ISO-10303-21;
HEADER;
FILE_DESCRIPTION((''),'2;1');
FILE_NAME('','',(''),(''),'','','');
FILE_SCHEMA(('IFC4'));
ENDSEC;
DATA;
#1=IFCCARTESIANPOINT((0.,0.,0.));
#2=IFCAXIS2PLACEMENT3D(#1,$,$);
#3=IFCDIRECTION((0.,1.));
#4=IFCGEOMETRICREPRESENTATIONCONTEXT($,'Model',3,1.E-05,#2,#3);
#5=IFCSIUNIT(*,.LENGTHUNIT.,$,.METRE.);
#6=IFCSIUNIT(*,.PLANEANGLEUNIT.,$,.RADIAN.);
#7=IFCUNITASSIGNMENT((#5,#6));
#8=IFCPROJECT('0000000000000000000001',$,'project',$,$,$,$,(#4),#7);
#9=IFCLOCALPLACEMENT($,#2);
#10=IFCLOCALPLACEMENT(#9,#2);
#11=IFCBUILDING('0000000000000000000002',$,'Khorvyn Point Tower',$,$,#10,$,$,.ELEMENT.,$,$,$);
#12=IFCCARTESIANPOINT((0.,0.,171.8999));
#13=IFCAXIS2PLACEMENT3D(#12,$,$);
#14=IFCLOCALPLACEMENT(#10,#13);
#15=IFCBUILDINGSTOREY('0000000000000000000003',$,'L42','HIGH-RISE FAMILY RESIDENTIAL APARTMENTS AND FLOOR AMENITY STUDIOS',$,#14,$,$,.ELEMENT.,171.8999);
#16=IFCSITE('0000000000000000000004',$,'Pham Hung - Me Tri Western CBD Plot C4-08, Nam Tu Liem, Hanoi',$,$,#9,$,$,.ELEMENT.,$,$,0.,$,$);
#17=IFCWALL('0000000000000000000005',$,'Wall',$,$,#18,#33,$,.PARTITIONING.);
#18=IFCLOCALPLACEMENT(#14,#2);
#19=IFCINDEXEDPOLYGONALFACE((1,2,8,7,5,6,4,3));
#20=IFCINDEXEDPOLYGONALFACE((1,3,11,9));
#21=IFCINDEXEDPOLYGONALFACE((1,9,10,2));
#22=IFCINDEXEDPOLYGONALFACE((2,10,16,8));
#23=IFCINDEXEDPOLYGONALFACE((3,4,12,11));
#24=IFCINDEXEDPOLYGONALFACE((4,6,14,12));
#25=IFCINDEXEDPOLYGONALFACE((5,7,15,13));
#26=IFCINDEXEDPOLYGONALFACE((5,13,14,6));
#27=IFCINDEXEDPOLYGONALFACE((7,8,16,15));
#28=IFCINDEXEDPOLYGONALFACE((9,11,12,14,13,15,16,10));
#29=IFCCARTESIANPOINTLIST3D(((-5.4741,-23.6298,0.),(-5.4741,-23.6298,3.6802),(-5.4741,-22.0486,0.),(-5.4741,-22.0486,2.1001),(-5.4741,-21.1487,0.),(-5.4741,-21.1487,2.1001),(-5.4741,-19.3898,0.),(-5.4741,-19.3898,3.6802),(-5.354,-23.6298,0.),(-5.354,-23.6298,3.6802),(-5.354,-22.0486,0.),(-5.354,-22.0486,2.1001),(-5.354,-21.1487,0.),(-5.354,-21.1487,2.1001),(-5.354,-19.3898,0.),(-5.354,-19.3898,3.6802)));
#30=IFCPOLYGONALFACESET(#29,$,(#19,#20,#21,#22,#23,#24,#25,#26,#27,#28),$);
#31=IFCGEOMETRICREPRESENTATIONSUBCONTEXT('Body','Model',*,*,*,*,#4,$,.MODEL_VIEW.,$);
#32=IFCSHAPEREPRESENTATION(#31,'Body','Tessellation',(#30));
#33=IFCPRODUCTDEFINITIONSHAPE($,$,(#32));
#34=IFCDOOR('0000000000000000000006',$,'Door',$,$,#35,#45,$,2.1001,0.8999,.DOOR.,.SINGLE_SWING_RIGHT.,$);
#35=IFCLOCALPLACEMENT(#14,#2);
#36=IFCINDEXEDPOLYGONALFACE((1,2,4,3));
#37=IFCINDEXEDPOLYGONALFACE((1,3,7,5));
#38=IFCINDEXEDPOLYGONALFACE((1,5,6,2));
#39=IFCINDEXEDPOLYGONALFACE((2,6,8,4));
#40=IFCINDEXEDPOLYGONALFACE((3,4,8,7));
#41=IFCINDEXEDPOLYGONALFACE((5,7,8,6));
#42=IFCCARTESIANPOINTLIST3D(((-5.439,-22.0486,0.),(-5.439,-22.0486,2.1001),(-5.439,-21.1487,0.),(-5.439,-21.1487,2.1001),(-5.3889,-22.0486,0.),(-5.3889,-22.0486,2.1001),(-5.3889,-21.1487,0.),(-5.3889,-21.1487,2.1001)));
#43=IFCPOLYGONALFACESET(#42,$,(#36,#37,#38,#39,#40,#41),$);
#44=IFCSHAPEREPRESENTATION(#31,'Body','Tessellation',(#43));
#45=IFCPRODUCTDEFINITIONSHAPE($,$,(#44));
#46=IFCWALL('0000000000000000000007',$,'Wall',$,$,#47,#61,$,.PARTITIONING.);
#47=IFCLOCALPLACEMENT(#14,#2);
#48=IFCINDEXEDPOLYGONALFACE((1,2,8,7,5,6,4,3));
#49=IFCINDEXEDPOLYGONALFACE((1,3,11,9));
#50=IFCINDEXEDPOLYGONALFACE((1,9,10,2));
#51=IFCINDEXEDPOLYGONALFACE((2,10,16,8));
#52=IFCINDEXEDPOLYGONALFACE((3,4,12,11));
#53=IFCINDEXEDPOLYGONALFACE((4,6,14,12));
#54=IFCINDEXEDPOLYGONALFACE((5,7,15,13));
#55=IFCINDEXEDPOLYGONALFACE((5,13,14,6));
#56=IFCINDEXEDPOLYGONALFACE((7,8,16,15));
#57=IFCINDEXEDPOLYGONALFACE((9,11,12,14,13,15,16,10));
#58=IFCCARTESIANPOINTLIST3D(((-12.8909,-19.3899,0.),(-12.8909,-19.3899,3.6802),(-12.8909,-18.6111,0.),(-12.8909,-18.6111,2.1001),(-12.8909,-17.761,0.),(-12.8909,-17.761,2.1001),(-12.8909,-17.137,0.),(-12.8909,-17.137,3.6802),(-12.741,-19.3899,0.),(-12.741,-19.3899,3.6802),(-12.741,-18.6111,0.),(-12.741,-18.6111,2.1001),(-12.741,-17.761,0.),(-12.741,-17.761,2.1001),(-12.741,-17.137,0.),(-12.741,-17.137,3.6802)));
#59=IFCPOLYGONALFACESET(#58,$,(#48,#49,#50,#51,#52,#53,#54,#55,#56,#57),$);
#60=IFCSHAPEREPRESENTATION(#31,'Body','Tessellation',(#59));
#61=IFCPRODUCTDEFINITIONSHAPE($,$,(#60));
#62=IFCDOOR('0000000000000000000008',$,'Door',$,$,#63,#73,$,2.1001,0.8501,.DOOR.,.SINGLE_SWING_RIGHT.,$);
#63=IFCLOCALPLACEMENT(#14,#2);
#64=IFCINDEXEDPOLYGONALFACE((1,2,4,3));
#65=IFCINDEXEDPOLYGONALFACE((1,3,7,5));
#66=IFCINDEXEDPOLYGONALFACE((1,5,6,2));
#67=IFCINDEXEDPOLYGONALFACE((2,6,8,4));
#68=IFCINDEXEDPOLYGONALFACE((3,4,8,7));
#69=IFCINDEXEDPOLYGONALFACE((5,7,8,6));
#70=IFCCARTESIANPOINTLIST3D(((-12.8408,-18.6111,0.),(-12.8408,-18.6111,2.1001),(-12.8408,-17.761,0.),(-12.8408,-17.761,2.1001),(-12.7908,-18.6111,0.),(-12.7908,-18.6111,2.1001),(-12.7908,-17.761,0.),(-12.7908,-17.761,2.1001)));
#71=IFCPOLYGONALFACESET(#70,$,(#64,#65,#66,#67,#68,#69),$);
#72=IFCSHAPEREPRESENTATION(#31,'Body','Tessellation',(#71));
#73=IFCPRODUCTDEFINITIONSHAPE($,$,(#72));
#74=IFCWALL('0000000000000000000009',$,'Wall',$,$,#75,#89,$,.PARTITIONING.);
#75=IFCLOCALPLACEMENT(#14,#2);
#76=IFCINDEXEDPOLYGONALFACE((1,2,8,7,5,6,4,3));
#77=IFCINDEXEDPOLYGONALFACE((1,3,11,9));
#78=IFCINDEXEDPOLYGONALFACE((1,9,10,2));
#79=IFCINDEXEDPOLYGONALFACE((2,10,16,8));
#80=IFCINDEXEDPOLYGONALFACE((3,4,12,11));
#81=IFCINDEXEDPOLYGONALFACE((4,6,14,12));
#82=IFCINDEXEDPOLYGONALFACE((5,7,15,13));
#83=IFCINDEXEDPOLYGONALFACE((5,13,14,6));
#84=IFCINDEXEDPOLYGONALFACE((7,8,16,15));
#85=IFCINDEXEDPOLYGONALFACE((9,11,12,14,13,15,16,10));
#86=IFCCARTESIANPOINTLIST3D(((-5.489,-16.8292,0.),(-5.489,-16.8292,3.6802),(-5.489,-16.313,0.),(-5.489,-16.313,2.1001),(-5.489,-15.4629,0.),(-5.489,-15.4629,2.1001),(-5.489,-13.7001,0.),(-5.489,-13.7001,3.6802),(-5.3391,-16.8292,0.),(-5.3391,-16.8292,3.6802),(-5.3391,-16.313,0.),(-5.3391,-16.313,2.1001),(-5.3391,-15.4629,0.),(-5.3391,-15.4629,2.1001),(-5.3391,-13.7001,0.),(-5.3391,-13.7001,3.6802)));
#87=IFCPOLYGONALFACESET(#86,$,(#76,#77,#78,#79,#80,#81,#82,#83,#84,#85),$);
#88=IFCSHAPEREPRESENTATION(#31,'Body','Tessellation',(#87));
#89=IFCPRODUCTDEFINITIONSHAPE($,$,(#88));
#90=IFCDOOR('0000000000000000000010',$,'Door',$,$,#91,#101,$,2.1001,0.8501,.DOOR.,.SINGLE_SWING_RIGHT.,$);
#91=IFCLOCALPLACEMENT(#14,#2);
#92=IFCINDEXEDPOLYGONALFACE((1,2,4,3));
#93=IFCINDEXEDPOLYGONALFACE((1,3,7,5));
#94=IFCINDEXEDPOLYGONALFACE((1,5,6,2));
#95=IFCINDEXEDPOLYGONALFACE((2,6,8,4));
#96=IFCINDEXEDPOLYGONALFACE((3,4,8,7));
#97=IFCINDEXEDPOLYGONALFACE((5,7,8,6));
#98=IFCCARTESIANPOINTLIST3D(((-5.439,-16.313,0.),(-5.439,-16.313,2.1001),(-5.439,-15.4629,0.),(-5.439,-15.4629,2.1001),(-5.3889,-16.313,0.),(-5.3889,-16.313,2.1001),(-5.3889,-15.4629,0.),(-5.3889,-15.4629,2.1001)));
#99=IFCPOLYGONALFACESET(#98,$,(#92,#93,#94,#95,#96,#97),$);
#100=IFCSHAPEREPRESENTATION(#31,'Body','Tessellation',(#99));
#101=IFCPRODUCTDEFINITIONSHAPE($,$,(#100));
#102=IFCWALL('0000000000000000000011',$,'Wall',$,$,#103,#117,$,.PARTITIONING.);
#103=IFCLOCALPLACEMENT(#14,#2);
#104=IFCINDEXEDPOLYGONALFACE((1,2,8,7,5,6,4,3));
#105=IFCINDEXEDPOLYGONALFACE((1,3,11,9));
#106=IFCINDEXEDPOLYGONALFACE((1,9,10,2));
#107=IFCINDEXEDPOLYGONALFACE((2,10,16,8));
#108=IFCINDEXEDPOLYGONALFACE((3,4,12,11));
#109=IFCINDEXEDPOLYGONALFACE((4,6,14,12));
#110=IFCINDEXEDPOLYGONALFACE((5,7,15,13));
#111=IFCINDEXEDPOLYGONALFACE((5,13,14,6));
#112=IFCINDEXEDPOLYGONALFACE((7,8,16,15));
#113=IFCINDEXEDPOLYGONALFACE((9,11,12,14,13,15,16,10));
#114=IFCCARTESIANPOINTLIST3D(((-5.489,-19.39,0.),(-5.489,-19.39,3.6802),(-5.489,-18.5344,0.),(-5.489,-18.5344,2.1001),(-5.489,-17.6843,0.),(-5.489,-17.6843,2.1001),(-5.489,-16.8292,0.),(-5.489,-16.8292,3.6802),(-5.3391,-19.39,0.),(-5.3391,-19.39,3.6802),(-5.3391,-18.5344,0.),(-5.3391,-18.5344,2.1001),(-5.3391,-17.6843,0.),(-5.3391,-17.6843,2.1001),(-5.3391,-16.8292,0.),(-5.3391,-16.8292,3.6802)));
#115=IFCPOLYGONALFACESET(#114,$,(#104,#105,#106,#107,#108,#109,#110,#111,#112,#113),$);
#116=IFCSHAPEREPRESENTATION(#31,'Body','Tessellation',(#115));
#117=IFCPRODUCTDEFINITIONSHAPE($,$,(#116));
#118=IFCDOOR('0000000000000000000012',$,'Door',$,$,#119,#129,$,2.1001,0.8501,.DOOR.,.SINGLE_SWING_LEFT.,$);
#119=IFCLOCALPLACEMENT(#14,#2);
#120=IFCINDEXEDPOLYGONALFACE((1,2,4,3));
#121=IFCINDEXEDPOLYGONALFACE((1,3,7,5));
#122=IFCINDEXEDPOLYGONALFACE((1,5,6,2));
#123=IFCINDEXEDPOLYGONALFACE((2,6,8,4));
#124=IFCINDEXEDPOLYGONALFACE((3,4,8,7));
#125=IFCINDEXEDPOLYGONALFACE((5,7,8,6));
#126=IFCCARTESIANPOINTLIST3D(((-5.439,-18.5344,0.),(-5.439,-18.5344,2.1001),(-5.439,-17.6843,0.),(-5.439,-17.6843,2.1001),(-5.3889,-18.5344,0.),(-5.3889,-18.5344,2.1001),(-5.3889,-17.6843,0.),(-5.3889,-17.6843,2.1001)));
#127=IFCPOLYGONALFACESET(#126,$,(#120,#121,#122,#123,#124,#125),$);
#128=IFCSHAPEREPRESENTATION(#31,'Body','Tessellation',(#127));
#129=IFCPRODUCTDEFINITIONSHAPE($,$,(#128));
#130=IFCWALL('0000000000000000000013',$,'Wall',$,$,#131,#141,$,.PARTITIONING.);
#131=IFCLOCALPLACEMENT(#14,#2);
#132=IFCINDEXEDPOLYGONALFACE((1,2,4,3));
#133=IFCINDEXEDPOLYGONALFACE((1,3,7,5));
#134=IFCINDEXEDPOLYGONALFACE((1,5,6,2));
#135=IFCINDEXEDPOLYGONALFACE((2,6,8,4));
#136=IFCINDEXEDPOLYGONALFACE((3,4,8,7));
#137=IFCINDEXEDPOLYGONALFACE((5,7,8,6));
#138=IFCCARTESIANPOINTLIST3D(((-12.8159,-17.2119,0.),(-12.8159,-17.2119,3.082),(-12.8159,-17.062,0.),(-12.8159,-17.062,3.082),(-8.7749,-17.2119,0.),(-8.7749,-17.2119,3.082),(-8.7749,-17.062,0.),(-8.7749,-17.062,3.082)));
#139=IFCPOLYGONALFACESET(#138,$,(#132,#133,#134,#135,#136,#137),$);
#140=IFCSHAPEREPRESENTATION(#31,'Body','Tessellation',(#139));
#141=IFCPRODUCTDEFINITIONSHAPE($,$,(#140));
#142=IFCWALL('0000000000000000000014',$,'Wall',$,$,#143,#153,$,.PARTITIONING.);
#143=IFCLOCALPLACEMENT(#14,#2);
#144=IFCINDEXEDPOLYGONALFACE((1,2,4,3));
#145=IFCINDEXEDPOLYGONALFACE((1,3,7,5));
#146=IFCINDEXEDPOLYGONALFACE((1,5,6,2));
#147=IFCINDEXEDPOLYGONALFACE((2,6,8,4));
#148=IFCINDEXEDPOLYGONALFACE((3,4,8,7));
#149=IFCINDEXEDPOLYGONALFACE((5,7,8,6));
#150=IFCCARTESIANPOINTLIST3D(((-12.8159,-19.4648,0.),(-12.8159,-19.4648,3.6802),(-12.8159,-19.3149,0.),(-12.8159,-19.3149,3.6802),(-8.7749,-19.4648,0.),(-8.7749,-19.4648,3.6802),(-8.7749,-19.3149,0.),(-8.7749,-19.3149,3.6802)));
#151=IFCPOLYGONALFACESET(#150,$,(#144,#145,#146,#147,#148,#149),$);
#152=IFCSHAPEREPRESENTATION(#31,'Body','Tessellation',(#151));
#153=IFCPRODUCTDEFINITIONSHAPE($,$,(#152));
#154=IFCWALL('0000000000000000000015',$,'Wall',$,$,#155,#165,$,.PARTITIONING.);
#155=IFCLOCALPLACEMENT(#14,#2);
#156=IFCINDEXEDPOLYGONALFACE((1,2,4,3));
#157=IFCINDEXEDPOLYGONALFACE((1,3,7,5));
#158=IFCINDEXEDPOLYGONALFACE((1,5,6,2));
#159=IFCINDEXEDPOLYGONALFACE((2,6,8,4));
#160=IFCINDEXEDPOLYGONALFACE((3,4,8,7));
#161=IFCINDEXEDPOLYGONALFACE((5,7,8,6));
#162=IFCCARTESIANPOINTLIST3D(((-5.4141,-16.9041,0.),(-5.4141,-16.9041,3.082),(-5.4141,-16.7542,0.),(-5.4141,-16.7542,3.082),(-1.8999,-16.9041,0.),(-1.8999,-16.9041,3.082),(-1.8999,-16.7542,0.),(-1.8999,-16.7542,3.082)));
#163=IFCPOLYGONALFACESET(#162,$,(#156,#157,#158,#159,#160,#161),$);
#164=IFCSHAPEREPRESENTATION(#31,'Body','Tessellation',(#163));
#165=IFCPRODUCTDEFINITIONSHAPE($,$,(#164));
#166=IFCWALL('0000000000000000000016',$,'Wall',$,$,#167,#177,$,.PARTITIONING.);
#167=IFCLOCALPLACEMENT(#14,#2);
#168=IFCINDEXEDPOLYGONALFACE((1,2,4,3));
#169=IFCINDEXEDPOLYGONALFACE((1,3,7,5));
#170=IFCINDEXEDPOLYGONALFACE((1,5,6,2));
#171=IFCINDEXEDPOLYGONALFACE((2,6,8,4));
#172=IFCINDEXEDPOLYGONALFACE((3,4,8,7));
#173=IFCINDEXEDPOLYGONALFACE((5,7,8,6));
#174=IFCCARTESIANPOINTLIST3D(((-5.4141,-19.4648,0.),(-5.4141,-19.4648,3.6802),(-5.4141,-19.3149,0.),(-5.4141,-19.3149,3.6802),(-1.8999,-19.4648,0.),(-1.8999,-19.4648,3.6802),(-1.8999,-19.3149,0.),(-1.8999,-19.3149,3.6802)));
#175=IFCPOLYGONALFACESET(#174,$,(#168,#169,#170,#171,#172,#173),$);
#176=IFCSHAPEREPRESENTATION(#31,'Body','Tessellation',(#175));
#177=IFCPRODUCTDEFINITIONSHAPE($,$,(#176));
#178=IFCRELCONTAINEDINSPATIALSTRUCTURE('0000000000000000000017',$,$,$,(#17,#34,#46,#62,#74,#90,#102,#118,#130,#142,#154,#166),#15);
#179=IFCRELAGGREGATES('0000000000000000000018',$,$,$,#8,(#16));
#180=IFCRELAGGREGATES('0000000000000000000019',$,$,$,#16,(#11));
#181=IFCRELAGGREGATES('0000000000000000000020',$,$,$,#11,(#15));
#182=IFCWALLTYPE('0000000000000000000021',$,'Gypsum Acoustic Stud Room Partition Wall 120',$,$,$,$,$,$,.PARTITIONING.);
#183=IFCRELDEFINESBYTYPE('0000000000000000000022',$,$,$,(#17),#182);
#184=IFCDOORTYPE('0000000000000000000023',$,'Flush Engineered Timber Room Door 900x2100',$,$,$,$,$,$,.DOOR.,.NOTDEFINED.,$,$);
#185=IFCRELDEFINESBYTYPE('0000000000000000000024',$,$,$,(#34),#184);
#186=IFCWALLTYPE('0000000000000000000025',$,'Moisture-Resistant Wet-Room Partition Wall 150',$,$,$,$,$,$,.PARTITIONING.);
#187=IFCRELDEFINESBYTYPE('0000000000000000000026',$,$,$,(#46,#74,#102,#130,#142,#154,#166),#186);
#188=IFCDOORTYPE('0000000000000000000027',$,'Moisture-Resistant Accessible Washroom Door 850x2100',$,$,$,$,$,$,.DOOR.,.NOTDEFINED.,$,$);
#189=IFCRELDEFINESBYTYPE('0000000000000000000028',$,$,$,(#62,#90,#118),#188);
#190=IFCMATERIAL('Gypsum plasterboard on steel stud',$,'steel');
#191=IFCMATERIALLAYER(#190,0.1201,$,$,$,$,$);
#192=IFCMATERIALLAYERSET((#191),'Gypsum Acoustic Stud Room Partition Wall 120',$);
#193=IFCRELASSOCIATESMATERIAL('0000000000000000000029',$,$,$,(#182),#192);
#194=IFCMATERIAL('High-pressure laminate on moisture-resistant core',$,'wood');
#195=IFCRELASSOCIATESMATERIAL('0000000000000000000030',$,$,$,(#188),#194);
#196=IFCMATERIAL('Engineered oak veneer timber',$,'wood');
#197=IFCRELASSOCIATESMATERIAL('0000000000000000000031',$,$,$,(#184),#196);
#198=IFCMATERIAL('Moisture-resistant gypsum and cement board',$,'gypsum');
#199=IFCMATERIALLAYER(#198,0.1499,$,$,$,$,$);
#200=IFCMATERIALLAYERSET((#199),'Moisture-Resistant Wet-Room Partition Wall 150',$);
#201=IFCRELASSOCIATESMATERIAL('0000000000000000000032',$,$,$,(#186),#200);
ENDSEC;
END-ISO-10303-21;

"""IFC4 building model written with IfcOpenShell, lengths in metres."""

from ifc_helpers import new_model, si_unit, direction, frame, frame_2d, origin, place, context, subcontext, project, spatial, rectangle, extrude, material, layer, layer_set, type_object, element, fill, save


model = new_model("IFC4")

# Units and contexts
model_context = context("Model", 3, precision=1e-05, world=origin(), true_north=direction((0.0, 1.0)))
body_context = subcontext(model_context, "Body", "Model", "MODEL_VIEW")
ifc_project = project(units=[si_unit("LENGTHUNIT", "METRE"), si_unit("PLANEANGLEUNIT", "RADIAN")], contexts=[model_context])

# Site, building, storey
site_placement = place(None, origin())
site = spatial("IfcSite", under=ifc_project, at=site_placement, Name="Pham Hung - Me Tri Western CBD Plot C4-08, Nam Tu Liem, Hanoi", CompositionType="ELEMENT", RefElevation=0.0)
building_placement = place(site_placement, origin())
building = spatial("IfcBuilding", under=site, at=building_placement, Name="Khorvyn Point Tower", CompositionType="ELEMENT")
storey_placement = place(building_placement, frame((0.0, 0.0, 171.8999)))
storey = spatial("IfcBuildingStorey", under=building, at=storey_placement, Name="L42", Description="HIGH-RISE FAMILY RESIDENTIAL APARTMENTS AND FLOOR AMENITY STUDIOS", CompositionType="ELEMENT", Elevation=171.8999)

# Walls, openings, doors
ifc_material_1 = material(Name="Gypsum plasterboard on steel stud", Category="steel")
ifc_layer_1 = layer(ifc_material_1, 0.1201)
ifc_layer_set_1 = layer_set([ifc_layer_1], Name="Gypsum Acoustic Stud Room Partition Wall 120")
wall_type_1 = type_object("IfcWallType", Name="Gypsum Acoustic Stud Room Partition Wall 120", PredefinedType="PARTITIONING", material=ifc_layer_set_1)
ifc_material_2 = material(Name="High-pressure laminate on moisture-resistant core", Category="wood")
door_type_1 = type_object("IfcDoorType", Name="Moisture-Resistant Accessible Washroom Door 850x2100", OperationType="NOTDEFINED", PredefinedType="DOOR", material=ifc_material_2)
ifc_material_3 = material(Name="Engineered oak veneer timber", Category="wood")
door_type_2 = type_object("IfcDoorType", Name="Flush Engineered Timber Room Door 900x2100", OperationType="NOTDEFINED", PredefinedType="DOOR", material=ifc_material_3)
wall_1_placement = place(storey_placement, frame((-5.4141, -23.6299, 0.0), z_axis=(0.0, 0.0, 1.0), x_axis=(0.0, 1.0, 0.0)))
wall_1 = element("IfcWall", 1, at=wall_1_placement, inside=storey, type_object=wall_type_1, Name="Wall", PredefinedType="PARTITIONING", context=body_context, shape_type="SweptSolid", body=[
    extrude(rectangle(XDim=4.24, YDim=0.1201, at=frame_2d((2.1201, 0.0))), origin(), (0.0, 0.0, 1.0), 3.6802),
])
opening_1_placement = place(wall_1_placement, frame((1.5813, 0.0, 0.0)))
opening_1 = element("IfcOpeningElement", 2, at=opening_1_placement, cuts=wall_1, PredefinedType="OPENING", context=body_context, shape_type="SweptSolid", body=[
    extrude(rectangle(XDim=0.8999, YDim=2.1001, at=frame_2d((0.45, 1.05))), frame((0.0, 0.0701, 0.0), z_axis=(0.0, -1.0, 0.0), x_axis=(1.0, 0.0, 0.0)), (0.0, 0.0, 1.0), 0.1401),
])
door_1_placement = place(opening_1_placement, origin())
door_1 = element("IfcDoor", 3, at=door_1_placement, inside=storey, type_object=door_type_2, Name="Door", OperationType="SINGLE_SWING_RIGHT", OverallHeight=2.1001, OverallWidth=0.8999, PredefinedType="DOOR", context=body_context, shape_type="SweptSolid", body=[
    extrude(rectangle(XDim=0.8999, YDim=2.1001, at=frame_2d((0.45, 1.05))), frame((0.0, 0.0249, 0.0), z_axis=(0.0, -1.0, 0.0), x_axis=(1.0, 0.0, 0.0)), (0.0, 0.0, 1.0), 0.05),
])
fill(opening_1, door_1)
ifc_material_4 = material(Name="Moisture-resistant gypsum and cement board", Category="gypsum")
ifc_layer_2 = layer(ifc_material_4, 0.1499)
ifc_layer_set_2 = layer_set([ifc_layer_2], Name="Moisture-Resistant Wet-Room Partition Wall 150")
wall_type_2 = type_object("IfcWallType", Name="Moisture-Resistant Wet-Room Partition Wall 150", PredefinedType="PARTITIONING", material=ifc_layer_set_2)
wall_2_placement = place(storey_placement, frame((-12.8159, -19.3899, 0.0), z_axis=(0.0, 0.0, 1.0), x_axis=(0.0, 1.0, 0.0)))
wall_2 = element("IfcWall", 4, at=wall_2_placement, inside=storey, type_object=wall_type_2, Name="Wall", PredefinedType="PARTITIONING", context=body_context, shape_type="SweptSolid", body=[
    extrude(rectangle(XDim=2.2529, YDim=0.1499, at=frame_2d((1.1265, 0.0))), origin(), (0.0, 0.0, 1.0), 3.6802),
])
opening_2_placement = place(wall_2_placement, frame((0.7788, 0.0, 0.0)))
opening_2 = element("IfcOpeningElement", 5, at=opening_2_placement, cuts=wall_2, PredefinedType="OPENING", context=body_context, shape_type="SweptSolid", body=[
    extrude(rectangle(XDim=0.8501, YDim=2.1001, at=frame_2d((0.425, 1.05))), frame((0.0, 0.085, 0.0), z_axis=(0.0, -1.0, 0.0), x_axis=(1.0, 0.0, 0.0)), (0.0, 0.0, 1.0), 0.1699),
])
door_2_placement = place(opening_2_placement, origin())
door_2 = element("IfcDoor", 6, at=door_2_placement, inside=storey, type_object=door_type_1, Name="Door", OperationType="SINGLE_SWING_RIGHT", OverallHeight=2.1001, OverallWidth=0.8501, PredefinedType="DOOR", context=body_context, shape_type="SweptSolid", body=[
    extrude(rectangle(XDim=0.8501, YDim=2.1001, at=frame_2d((0.425, 1.05))), frame((0.0, 0.0249, 0.0), z_axis=(0.0, -1.0, 0.0), x_axis=(1.0, 0.0, 0.0)), (0.0, 0.0, 1.0), 0.05),
])
fill(opening_2, door_2)
wall_3_placement = place(storey_placement, frame((-5.4141, -16.8291, 0.0), z_axis=(0.0, 0.0, 1.0), x_axis=(0.0, 1.0, 0.0)))
wall_3 = element("IfcWall", 7, at=wall_3_placement, inside=storey, type_object=wall_type_2, Name="Wall", PredefinedType="PARTITIONING", context=body_context, shape_type="SweptSolid", body=[
    extrude(rectangle(XDim=3.1292, YDim=0.1499, at=frame_2d((1.5645, 0.0))), origin(), (0.0, 0.0, 1.0), 3.6802),
])
opening_3_placement = place(wall_3_placement, frame((0.5161, 0.0, 0.0)))
opening_3 = element("IfcOpeningElement", 8, at=opening_3_placement, cuts=wall_3, PredefinedType="OPENING", context=body_context, shape_type="SweptSolid", body=[
    extrude(rectangle(XDim=0.8501, YDim=2.1001, at=frame_2d((0.425, 1.05))), frame((0.0, 0.085, 0.0), z_axis=(0.0, -1.0, 0.0), x_axis=(1.0, 0.0, 0.0)), (0.0, 0.0, 1.0), 0.1699),
])
door_3_placement = place(opening_3_placement, origin())
door_3 = element("IfcDoor", 9, at=door_3_placement, inside=storey, type_object=door_type_1, Name="Door", OperationType="SINGLE_SWING_RIGHT", OverallHeight=2.1001, OverallWidth=0.8501, PredefinedType="DOOR", context=body_context, shape_type="SweptSolid", body=[
    extrude(rectangle(XDim=0.8501, YDim=2.1001, at=frame_2d((0.425, 1.05))), frame((0.0, 0.0249, 0.0), z_axis=(0.0, -1.0, 0.0), x_axis=(1.0, 0.0, 0.0)), (0.0, 0.0, 1.0), 0.05),
])
fill(opening_3, door_3)
wall_4_placement = place(storey_placement, frame((-5.4141, -19.3899, 0.0), z_axis=(0.0, 0.0, 1.0), x_axis=(0.0, 1.0, 0.0)))
wall_4 = element("IfcWall", 10, at=wall_4_placement, inside=storey, type_object=wall_type_2, Name="Wall", PredefinedType="PARTITIONING", context=body_context, shape_type="SweptSolid", body=[
    extrude(rectangle(XDim=2.5608, YDim=0.1499, at=frame_2d((1.2803, 0.0))), origin(), (0.0, 0.0, 1.0), 3.6802),
])
opening_4_placement = place(wall_4_placement, frame((0.8555, 0.0, 0.0)))
opening_4 = element("IfcOpeningElement", 11, at=opening_4_placement, cuts=wall_4, PredefinedType="OPENING", context=body_context, shape_type="SweptSolid", body=[
    extrude(rectangle(XDim=0.8501, YDim=2.1001, at=frame_2d((0.425, 1.05))), frame((0.0, 0.085, 0.0), z_axis=(0.0, -1.0, 0.0), x_axis=(1.0, 0.0, 0.0)), (0.0, 0.0, 1.0), 0.1699),
])
door_4_placement = place(opening_4_placement, origin())
door_4 = element("IfcDoor", 12, at=door_4_placement, inside=storey, type_object=door_type_1, Name="Door", OperationType="SINGLE_SWING_LEFT", OverallHeight=2.1001, OverallWidth=0.8501, PredefinedType="DOOR", context=body_context, shape_type="SweptSolid", body=[
    extrude(rectangle(XDim=0.8501, YDim=2.1001, at=frame_2d((0.425, 1.05))), frame((0.0, 0.0249, 0.0), z_axis=(0.0, -1.0, 0.0), x_axis=(1.0, 0.0, 0.0)), (0.0, 0.0, 1.0), 0.05),
])
fill(opening_4, door_4)

# Walls
wall_5_placement = place(storey_placement, frame((-12.8159, -17.137, 0.0), z_axis=(0.0, 0.0, 1.0), x_axis=(1.0, 0.0, 0.0)))
element("IfcWall", 13, at=wall_5_placement, inside=storey, type_object=wall_type_2, Name="Wall", PredefinedType="PARTITIONING", context=body_context, shape_type="SweptSolid", body=[
    extrude(rectangle(XDim=4.041, YDim=0.1499, at=frame_2d((2.0205, 0.0))), origin(), (0.0, 0.0, 1.0), 3.082),
])
wall_6_placement = place(storey_placement, frame((-12.8159, -19.3899, 0.0), z_axis=(0.0, 0.0, 1.0), x_axis=(1.0, 0.0, 0.0)))
element("IfcWall", 14, at=wall_6_placement, inside=storey, type_object=wall_type_2, Name="Wall", PredefinedType="PARTITIONING", context=body_context, shape_type="SweptSolid", body=[
    extrude(rectangle(XDim=4.041, YDim=0.1499, at=frame_2d((2.0205, 0.0))), origin(), (0.0, 0.0, 1.0), 3.6802),
])
wall_7_placement = place(storey_placement, frame((-5.4141, -16.8291, 0.0), z_axis=(0.0, 0.0, 1.0), x_axis=(1.0, 0.0, 0.0)))
element("IfcWall", 15, at=wall_7_placement, inside=storey, type_object=wall_type_2, Name="Wall", PredefinedType="PARTITIONING", context=body_context, shape_type="SweptSolid", body=[
    extrude(rectangle(XDim=3.5142, YDim=0.1499, at=frame_2d((1.7571, 0.0))), origin(), (0.0, 0.0, 1.0), 3.082),
])
wall_8_placement = place(storey_placement, frame((-5.4141, -19.3899, 0.0), z_axis=(0.0, 0.0, 1.0), x_axis=(1.0, 0.0, 0.0)))
element("IfcWall", 16, at=wall_8_placement, inside=storey, type_object=wall_type_2, Name="Wall", PredefinedType="PARTITIONING", context=body_context, shape_type="SweptSolid", body=[
    extrude(rectangle(XDim=3.5142, YDim=0.1499, at=frame_2d((1.7571, 0.0))), origin(), (0.0, 0.0, 1.0), 3.6802),
])

save(model, "model.ifc")
